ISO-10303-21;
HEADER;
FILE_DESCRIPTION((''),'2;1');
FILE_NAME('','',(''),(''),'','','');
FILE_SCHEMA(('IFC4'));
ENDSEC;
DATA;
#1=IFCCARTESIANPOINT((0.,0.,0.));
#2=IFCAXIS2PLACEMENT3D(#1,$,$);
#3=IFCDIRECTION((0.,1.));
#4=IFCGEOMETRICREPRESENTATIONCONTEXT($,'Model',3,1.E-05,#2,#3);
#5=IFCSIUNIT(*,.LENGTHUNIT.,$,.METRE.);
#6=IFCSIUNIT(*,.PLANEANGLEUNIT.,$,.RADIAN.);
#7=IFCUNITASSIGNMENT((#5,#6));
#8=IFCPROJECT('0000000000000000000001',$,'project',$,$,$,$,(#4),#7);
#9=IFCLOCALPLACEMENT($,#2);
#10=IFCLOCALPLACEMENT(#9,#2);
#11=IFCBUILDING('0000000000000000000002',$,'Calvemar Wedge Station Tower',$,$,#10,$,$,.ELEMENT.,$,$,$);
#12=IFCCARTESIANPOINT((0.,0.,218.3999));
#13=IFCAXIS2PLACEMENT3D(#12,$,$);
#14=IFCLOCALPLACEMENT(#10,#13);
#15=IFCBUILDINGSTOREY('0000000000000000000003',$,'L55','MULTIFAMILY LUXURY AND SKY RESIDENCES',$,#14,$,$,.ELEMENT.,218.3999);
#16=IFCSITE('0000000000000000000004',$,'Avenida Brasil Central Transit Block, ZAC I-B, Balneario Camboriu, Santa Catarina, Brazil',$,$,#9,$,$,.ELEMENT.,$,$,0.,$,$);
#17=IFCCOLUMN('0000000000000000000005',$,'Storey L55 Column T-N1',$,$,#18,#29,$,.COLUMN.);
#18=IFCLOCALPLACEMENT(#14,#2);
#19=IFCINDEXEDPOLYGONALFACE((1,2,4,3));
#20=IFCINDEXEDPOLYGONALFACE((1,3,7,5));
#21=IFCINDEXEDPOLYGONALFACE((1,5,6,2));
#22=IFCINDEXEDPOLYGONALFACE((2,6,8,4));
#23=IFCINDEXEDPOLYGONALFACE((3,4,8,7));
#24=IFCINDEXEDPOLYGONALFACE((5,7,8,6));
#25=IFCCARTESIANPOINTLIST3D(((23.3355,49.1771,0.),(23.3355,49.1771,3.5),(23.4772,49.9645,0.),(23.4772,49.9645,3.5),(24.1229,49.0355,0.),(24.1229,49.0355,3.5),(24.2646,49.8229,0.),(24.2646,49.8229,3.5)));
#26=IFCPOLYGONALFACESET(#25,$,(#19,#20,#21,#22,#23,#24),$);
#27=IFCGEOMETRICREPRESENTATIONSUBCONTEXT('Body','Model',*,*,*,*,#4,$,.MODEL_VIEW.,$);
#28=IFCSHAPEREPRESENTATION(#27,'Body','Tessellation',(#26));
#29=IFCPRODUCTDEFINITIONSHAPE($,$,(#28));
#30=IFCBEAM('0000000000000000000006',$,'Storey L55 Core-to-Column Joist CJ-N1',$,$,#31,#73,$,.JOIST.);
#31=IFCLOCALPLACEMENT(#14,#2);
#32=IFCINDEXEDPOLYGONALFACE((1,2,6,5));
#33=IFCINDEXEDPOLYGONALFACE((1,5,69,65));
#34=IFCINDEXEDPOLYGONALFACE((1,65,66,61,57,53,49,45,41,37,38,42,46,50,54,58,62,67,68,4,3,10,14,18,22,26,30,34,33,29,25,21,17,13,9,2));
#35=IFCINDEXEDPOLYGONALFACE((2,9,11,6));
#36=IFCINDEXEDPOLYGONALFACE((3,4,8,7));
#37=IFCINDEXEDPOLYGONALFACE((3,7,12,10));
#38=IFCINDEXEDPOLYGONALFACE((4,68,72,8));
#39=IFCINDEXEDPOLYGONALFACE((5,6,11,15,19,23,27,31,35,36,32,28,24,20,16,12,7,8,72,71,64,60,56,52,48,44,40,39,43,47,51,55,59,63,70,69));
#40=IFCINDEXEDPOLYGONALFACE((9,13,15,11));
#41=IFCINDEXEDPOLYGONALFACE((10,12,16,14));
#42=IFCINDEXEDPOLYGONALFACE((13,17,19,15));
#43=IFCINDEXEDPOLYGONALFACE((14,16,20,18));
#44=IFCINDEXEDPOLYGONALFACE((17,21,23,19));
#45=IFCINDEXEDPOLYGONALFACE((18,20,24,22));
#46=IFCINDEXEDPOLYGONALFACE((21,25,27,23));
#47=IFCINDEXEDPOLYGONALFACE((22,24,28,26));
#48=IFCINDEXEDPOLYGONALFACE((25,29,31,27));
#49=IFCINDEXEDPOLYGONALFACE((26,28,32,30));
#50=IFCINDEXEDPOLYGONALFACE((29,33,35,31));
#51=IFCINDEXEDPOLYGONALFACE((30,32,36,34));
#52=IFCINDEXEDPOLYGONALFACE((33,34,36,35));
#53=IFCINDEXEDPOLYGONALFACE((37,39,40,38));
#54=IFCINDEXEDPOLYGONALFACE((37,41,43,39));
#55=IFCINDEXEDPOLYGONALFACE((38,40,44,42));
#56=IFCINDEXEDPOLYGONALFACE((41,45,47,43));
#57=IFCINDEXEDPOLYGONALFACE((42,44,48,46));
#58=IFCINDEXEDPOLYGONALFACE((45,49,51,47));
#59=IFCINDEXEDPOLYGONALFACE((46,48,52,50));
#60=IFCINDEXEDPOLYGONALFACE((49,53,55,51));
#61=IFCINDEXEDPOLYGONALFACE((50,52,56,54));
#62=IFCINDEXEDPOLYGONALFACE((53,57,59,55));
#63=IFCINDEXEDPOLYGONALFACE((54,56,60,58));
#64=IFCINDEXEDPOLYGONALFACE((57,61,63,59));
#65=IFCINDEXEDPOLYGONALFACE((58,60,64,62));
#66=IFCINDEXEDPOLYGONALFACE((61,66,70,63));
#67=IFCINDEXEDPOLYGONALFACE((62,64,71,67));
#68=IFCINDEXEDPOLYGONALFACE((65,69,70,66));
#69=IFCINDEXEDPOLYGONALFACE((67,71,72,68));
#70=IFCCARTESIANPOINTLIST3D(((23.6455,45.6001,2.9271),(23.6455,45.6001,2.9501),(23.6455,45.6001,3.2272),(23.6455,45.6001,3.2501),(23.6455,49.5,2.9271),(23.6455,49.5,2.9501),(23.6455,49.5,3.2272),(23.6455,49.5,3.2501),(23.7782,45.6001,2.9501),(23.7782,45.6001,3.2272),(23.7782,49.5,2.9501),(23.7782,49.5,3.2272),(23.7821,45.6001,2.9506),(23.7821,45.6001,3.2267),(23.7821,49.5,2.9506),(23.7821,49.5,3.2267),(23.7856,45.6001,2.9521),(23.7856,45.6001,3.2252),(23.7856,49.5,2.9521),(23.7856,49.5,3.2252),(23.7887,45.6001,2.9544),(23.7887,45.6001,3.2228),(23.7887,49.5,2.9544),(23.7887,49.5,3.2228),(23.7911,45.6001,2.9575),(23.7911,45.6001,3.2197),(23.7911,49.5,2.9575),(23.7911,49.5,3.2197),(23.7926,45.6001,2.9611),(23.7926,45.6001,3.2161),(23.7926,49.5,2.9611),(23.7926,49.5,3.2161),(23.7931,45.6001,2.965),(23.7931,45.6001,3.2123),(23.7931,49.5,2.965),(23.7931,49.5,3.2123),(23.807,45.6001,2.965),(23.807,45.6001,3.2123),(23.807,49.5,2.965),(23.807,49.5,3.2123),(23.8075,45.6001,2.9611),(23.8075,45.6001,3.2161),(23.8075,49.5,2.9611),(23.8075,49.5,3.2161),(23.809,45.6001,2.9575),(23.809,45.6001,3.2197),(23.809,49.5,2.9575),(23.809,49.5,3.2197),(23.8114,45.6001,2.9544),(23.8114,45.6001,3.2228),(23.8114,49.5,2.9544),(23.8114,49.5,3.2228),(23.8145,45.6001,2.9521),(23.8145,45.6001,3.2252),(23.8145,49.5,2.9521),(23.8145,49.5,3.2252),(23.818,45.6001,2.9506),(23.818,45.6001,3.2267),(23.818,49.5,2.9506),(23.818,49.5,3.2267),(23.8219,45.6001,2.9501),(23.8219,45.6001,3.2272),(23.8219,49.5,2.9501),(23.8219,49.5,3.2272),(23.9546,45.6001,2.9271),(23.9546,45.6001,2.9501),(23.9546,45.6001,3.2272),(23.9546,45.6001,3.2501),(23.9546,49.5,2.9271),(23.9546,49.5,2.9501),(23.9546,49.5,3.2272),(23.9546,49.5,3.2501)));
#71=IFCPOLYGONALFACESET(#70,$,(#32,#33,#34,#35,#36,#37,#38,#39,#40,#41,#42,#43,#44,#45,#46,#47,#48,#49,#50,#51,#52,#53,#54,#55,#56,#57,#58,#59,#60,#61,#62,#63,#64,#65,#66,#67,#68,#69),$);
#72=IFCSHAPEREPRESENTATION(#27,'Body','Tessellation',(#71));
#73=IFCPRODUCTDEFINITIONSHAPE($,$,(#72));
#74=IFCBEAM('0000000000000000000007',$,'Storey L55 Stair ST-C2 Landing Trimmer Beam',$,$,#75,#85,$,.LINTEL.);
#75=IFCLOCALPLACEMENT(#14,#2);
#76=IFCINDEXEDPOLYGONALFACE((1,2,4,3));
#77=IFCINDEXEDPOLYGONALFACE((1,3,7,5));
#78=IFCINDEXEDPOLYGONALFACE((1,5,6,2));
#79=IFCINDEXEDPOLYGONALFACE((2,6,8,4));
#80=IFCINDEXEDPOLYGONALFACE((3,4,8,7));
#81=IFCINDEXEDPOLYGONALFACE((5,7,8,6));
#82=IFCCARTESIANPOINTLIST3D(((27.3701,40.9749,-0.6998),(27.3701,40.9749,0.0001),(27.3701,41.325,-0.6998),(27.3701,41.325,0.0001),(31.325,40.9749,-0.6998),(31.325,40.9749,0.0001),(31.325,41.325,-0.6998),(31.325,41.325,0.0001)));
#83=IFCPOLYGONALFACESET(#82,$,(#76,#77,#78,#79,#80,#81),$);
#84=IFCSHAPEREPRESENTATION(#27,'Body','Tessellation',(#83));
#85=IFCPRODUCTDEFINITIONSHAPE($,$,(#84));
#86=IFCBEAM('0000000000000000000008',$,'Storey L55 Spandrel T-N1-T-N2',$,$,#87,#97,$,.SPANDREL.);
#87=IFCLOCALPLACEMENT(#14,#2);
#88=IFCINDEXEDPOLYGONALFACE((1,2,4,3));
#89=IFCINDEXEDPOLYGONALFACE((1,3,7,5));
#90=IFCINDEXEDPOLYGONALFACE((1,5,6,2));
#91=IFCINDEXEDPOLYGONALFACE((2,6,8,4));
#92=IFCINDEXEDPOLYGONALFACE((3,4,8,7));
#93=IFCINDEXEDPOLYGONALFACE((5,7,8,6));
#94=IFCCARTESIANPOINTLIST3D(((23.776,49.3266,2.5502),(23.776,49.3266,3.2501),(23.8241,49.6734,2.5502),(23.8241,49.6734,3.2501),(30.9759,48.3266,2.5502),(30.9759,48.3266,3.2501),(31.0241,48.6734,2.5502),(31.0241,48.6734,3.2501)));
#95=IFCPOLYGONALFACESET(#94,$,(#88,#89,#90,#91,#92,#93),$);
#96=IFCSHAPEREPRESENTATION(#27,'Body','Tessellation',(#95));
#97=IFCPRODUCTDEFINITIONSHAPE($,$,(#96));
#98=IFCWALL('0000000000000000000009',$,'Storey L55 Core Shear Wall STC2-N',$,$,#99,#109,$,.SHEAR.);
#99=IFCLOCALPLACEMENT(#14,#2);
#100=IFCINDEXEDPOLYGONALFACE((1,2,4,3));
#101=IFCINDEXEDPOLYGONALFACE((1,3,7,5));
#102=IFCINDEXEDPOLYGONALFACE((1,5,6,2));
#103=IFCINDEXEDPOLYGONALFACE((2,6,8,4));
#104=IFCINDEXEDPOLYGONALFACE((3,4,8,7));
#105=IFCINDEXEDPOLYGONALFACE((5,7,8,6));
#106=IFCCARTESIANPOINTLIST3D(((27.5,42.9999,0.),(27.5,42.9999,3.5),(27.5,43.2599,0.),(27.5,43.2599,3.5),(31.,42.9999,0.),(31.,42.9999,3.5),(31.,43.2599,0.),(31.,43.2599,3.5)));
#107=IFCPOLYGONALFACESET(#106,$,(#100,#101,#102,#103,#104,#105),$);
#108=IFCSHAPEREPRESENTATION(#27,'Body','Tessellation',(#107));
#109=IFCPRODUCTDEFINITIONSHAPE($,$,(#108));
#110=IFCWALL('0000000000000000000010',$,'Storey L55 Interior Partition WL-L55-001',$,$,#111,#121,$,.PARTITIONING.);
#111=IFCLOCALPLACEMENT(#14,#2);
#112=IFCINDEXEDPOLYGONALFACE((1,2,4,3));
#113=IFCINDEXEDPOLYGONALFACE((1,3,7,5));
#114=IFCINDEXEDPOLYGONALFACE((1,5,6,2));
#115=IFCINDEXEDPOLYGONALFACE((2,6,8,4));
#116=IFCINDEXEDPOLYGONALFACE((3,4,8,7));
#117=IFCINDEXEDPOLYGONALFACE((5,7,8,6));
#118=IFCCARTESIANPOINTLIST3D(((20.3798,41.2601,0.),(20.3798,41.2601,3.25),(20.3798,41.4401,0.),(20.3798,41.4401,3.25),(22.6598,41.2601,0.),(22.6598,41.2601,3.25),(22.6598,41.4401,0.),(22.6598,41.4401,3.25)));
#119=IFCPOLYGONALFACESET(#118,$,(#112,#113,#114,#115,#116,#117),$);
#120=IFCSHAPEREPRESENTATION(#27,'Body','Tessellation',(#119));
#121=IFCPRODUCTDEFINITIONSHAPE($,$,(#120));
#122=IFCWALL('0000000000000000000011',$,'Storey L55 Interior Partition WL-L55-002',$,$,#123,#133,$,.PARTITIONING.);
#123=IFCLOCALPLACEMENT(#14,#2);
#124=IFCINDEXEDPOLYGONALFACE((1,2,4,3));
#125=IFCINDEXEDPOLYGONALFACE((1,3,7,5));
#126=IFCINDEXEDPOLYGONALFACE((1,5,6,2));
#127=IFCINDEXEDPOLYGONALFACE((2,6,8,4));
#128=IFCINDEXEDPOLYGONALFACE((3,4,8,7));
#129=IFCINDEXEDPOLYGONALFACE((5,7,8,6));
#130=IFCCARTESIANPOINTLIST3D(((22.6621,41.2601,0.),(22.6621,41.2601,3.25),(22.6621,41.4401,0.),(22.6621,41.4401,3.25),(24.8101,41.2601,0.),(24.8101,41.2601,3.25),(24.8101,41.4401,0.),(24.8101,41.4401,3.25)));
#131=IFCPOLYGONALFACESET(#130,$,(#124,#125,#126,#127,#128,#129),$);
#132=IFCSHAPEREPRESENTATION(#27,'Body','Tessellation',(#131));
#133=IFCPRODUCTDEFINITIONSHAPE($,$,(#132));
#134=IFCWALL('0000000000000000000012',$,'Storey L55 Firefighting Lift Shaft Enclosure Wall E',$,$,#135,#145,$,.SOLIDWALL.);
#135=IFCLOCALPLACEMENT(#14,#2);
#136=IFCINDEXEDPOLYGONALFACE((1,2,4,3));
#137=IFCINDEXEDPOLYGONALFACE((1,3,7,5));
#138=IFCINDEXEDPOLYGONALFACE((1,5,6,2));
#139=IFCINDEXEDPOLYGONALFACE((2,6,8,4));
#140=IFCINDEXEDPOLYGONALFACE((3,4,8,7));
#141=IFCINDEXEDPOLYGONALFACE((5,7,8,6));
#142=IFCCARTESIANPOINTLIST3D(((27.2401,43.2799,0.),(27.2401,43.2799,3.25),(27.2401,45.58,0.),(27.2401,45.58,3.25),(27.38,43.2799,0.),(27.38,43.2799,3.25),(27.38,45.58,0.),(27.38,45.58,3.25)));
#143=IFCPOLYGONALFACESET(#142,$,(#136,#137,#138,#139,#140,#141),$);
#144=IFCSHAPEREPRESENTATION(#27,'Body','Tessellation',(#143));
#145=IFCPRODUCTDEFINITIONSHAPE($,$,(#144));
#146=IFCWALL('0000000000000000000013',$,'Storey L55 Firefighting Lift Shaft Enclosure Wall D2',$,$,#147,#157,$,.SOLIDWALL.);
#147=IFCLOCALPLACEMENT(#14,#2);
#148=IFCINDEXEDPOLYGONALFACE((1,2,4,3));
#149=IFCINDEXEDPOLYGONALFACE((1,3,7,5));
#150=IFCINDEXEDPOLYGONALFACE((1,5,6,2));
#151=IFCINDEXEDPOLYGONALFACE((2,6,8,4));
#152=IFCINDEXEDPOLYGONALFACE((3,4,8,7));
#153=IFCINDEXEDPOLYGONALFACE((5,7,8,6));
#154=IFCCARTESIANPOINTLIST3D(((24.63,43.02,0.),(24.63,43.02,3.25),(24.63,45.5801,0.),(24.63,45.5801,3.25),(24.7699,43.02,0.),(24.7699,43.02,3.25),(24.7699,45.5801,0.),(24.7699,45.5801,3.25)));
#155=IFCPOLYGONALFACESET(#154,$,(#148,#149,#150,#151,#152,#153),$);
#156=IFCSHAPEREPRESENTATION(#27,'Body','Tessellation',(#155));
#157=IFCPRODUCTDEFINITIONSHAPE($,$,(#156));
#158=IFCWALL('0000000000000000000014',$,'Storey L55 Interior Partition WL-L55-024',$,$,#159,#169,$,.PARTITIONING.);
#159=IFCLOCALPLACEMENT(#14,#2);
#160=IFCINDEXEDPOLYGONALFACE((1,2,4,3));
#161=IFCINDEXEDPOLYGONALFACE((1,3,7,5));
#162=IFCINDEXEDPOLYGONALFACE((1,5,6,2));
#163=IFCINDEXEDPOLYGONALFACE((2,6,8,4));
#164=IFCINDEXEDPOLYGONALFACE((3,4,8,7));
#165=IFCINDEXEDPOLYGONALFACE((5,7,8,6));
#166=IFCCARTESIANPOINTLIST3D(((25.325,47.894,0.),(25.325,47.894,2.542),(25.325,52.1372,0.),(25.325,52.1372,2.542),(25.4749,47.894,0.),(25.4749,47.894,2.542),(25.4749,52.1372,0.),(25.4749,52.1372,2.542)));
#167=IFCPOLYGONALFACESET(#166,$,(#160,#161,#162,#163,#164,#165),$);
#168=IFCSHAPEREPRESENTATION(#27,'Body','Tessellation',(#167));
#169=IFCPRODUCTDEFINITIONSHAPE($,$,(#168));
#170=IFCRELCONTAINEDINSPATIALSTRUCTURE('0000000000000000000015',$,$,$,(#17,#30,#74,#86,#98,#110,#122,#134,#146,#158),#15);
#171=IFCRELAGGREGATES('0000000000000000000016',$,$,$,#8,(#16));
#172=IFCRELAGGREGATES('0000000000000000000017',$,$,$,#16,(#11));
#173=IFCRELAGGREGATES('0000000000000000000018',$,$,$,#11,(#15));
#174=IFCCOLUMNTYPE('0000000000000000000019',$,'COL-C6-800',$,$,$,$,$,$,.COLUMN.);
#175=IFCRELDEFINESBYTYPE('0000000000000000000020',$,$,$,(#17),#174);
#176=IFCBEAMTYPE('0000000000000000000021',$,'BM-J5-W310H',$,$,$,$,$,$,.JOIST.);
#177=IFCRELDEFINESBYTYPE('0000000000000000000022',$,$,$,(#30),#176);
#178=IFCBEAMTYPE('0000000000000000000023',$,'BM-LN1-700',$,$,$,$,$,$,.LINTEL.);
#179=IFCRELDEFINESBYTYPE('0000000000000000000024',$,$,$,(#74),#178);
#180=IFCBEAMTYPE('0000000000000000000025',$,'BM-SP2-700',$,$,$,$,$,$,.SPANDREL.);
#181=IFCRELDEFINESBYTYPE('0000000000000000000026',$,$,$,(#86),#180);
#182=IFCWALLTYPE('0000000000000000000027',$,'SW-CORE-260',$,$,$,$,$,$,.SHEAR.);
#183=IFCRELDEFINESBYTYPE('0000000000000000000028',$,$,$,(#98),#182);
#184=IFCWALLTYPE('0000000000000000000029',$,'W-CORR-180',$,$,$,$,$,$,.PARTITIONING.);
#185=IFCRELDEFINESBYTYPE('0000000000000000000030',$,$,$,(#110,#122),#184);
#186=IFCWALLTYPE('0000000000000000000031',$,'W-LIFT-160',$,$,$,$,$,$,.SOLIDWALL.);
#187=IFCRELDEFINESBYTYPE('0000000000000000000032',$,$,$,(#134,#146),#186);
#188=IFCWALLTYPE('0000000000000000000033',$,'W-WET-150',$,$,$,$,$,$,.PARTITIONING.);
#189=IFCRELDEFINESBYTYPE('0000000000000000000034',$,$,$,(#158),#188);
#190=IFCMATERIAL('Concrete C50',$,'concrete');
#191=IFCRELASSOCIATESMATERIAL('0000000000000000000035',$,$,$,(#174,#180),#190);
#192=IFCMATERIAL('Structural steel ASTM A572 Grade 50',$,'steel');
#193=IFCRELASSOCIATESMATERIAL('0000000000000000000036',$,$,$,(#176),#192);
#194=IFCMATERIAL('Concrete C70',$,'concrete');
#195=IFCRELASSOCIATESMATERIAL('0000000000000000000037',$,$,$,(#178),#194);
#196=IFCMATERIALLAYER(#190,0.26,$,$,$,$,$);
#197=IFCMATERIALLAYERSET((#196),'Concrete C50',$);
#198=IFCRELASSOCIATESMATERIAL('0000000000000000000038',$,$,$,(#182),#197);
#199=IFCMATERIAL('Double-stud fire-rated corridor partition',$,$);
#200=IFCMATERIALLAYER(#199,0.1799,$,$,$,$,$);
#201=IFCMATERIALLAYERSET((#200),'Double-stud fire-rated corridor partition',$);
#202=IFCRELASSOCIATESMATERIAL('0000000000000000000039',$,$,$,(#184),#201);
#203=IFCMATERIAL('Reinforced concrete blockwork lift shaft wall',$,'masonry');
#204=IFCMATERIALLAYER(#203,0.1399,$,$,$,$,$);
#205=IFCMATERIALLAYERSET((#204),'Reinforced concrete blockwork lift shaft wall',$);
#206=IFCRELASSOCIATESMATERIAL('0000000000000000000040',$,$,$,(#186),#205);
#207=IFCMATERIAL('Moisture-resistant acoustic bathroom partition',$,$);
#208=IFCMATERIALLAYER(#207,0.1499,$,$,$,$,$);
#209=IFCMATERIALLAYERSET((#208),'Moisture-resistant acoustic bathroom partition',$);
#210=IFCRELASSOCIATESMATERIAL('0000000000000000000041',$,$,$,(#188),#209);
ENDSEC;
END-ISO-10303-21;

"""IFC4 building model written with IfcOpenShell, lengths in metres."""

from ifc_helpers import new_model, si_unit, direction, frame, frame_2d, origin, origin_2d, place, context, subcontext, project, spatial, rectangle, i_section, extrude, source, transform, mapped, material, layer, layer_set, material_profile, profile_set, type_object, element, save


model = new_model("IFC4")

# Units and contexts
model_context = context("Model", 3, precision=1e-05, world=origin(), true_north=direction((0.0, 1.0)))
body_context = subcontext(model_context, "Body", "Model", "MODEL_VIEW")
ifc_project = project(units=[si_unit("LENGTHUNIT", "METRE"), si_unit("PLANEANGLEUNIT", "RADIAN")], contexts=[model_context])

# Site, building, storey
site_placement = place(None, origin())
site = spatial("IfcSite", under=ifc_project, at=site_placement, Name="Avenida Brasil Central Transit Block, ZAC I-B, Balneario Camboriu, Santa Catarina, Brazil", CompositionType="ELEMENT", RefElevation=0.0)
building_placement = place(site_placement, origin())
building = spatial("IfcBuilding", under=site, at=building_placement, Name="Calvemar Wedge Station Tower", CompositionType="ELEMENT")
storey_placement = place(building_placement, frame((0.0, 0.0, 218.3999)))
storey = spatial("IfcBuildingStorey", under=building, at=storey_placement, Name="L55", Description="MULTIFAMILY LUXURY AND SKY RESIDENCES", CompositionType="ELEMENT", Elevation=218.3999)

# Column
ifc_material_1 = material(Name="Concrete C50", Category="concrete")
ifc_material_profile_1 = material_profile(ifc_material_1, rectangle(XDim=0.8, YDim=0.8, at=origin_2d()), Name="RC800x800")
ifc_profile_set_1 = profile_set([ifc_material_profile_1], Name="Concrete C50")
column_type = type_object("IfcColumnType", Name="COL-C6-800", PredefinedType="COLUMN", material=ifc_profile_set_1)
shared_shape_1 = source(origin(), body_context, "Body", "SweptSolid", [
    extrude(rectangle(XDim=0.8, YDim=0.8, at=origin_2d()), origin(), (0.0, 0.0, 1.0), 3.5),
])
column_placement = place(storey_placement, frame((23.8, 49.5, 0.0), z_axis=(0.0, 0.0, 1.0), x_axis=(0.984196, -0.177085, 0.0)))
element("IfcColumn", 1, at=column_placement, inside=storey, type_object=column_type, Name="Storey L55 Column T-N1", PredefinedType="COLUMN", context=body_context, shape_type="MappedRepresentation", body=[
    mapped(shared_shape_1, transform((0.0, 0.0, 0.0), scale=1.0)),
])

# Beams
ifc_material_2 = material(Name="Structural steel ASTM A572 Grade 50", Category="steel")
ifc_material_profile_2 = material_profile(ifc_material_2, i_section(OverallWidth=0.3091, OverallDepth=0.323, WebThickness=0.0139, FlangeThickness=0.0229, FilletRadius=0.0149, at=origin_2d()), Name="W310x143")
ifc_profile_set_2 = profile_set([ifc_material_profile_2], Name="Structural steel ASTM A572 Grade 50")
beam_type_1 = type_object("IfcBeamType", Name="BM-J5-W310H", PredefinedType="JOIST", material=ifc_profile_set_2)
shared_shape_2 = source(origin(), body_context, "Body", "SweptSolid", [
    extrude(i_section(OverallWidth=0.3091, OverallDepth=0.323, WebThickness=0.0139, FlangeThickness=0.0229, FilletRadius=0.0149, at=origin_2d()), origin(), (0.0, 0.0, 1.0), 3.8999),
])
beam_1_placement = place(storey_placement, frame((23.8, 45.6001, 3.0886), z_axis=(0.0, 1.0, 0.0), x_axis=(-1.0, 0.0, 0.0)))
element("IfcBeam", 2, at=beam_1_placement, inside=storey, type_object=beam_type_1, Name="Storey L55 Core-to-Column Joist CJ-N1", PredefinedType="JOIST", context=body_context, shape_type="MappedRepresentation", body=[
    mapped(shared_shape_2, transform((0.0, 0.0, 0.0), scale=1.0)),
])
ifc_material_3 = material(Name="Concrete C70", Category="concrete")
ifc_material_profile_3 = material_profile(ifc_material_3, rectangle(XDim=0.3501, YDim=0.7, at=origin_2d()), Name="RC350x700")
ifc_profile_set_3 = profile_set([ifc_material_profile_3], Name="Concrete C70")
beam_type_2 = type_object("IfcBeamType", Name="BM-LN1-700", PredefinedType="LINTEL", material=ifc_profile_set_3)
shared_shape_3 = source(origin(), body_context, "Body", "SweptSolid", [
    extrude(rectangle(XDim=0.3501, YDim=0.7, at=origin_2d()), origin(), (0.0, 0.0, 1.0), 3.9548),
])
beam_2_placement = place(storey_placement, frame((27.3701, 41.1499, -0.3499), z_axis=(1.0, 0.0, 0.0), x_axis=(0.0, 1.0, 0.0)))
element("IfcBeam", 3, at=beam_2_placement, inside=storey, type_object=beam_type_2, Name="Storey L55 Stair ST-C2 Landing Trimmer Beam", PredefinedType="LINTEL", context=body_context, shape_type="MappedRepresentation", body=[
    mapped(shared_shape_3, transform((0.0, 0.0, 0.0), scale=1.0)),
])
ifc_material_profile_4 = material_profile(ifc_material_1, rectangle(XDim=0.3501, YDim=0.7, at=origin_2d()), Name="RC350x700")
ifc_profile_set_4 = profile_set([ifc_material_profile_4], Name="Concrete C50")
beam_type_3 = type_object("IfcBeamType", Name="BM-SP2-700", PredefinedType="SPANDREL", material=ifc_profile_set_4)
shared_shape_4 = source(origin(), body_context, "Body", "SweptSolid", [
    extrude(rectangle(XDim=0.3501, YDim=0.7, at=origin_2d()), origin(), (0.0, 0.0, 1.0), 7.269),
])
beam_3_placement = place(storey_placement, frame((23.8, 49.5, 2.9001), z_axis=(0.990492, -0.137569, 0.0), x_axis=(0.137569, 0.990492, 0.0)))
element("IfcBeam", 4, at=beam_3_placement, inside=storey, type_object=beam_type_3, Name="Storey L55 Spandrel T-N1-T-N2", PredefinedType="SPANDREL", context=body_context, shape_type="MappedRepresentation", body=[
    mapped(shared_shape_4, transform((0.0, 0.0, 0.0), scale=1.0)),
])

# Walls
ifc_layer_1 = layer(ifc_material_1, 0.26)
ifc_layer_set_1 = layer_set([ifc_layer_1], Name="Concrete C50")
wall_type_1 = type_object("IfcWallType", Name="SW-CORE-260", PredefinedType="SHEAR", material=ifc_layer_set_1)
wall_1_placement = place(storey_placement, frame((27.5, 43.1299, 0.0), z_axis=(0.0, 0.0, 1.0), x_axis=(1.0, 0.0, 0.0)))
element("IfcWall", 5, at=wall_1_placement, inside=storey, type_object=wall_type_1, Name="Storey L55 Core Shear Wall STC2-N", PredefinedType="SHEAR", context=body_context, shape_type="SweptSolid", body=[
    extrude(rectangle(XDim=3.5, YDim=0.26, at=frame_2d((1.75, 0.0))), origin(), (0.0, 0.0, 1.0), 3.5),
])
ifc_material_4 = material(Name="Double-stud fire-rated corridor partition")
ifc_layer_2 = layer(ifc_material_4, 0.1799)
ifc_layer_set_2 = layer_set([ifc_layer_2], Name="Double-stud fire-rated corridor partition")
wall_type_2 = type_object("IfcWallType", Name="W-CORR-180", PredefinedType="PARTITIONING", material=ifc_layer_set_2)
wall_2_placement = place(storey_placement, frame((22.6599, 41.3501, 0.0), z_axis=(0.0, 0.0, 1.0), x_axis=(-1.0, 0.0, 0.0)))
element("IfcWall", 6, at=wall_2_placement, inside=storey, type_object=wall_type_2, Name="Storey L55 Interior Partition WL-L55-001", PredefinedType="PARTITIONING", context=body_context, shape_type="SweptSolid", body=[
    extrude(rectangle(XDim=2.28, YDim=0.1799, at=frame_2d((1.1401, 0.0))), origin(), (0.0, 0.0, 1.0), 3.25),
])
wall_3_placement = place(storey_placement, frame((24.8101, 41.3501, 0.0), z_axis=(0.0, 0.0, 1.0), x_axis=(-1.0, 0.0, 0.0)))
element("IfcWall", 7, at=wall_3_placement, inside=storey, type_object=wall_type_2, Name="Storey L55 Interior Partition WL-L55-002", PredefinedType="PARTITIONING", context=body_context, shape_type="SweptSolid", body=[
    extrude(rectangle(XDim=2.1479, YDim=0.1799, at=frame_2d((1.074, 0.0))), origin(), (0.0, 0.0, 1.0), 3.25),
])

# Walls
ifc_material_5 = material(Name="Reinforced concrete blockwork lift shaft wall", Category="masonry")
ifc_layer_3 = layer(ifc_material_5, 0.1399)
ifc_layer_set_3 = layer_set([ifc_layer_3], Name="Reinforced concrete blockwork lift shaft wall")
wall_type_3 = type_object("IfcWallType", Name="W-LIFT-160", PredefinedType="SOLIDWALL", material=ifc_layer_set_3)
wall_4_placement = place(storey_placement, frame((27.3101, 43.28, 0.0), z_axis=(0.0, 0.0, 1.0), x_axis=(0.0, 1.0, 0.0)))
element("IfcWall", 8, at=wall_4_placement, inside=storey, type_object=wall_type_3, Name="Storey L55 Firefighting Lift Shaft Enclosure Wall E", PredefinedType="SOLIDWALL", context=body_context, shape_type="SweptSolid", body=[
    extrude(rectangle(XDim=2.3, YDim=0.1399, at=frame_2d((1.1499, 0.0))), origin(), (0.0, 0.0, 1.0), 3.25),
])
wall_5_placement = place(storey_placement, frame((24.7, 43.02, 0.0), z_axis=(0.0, 0.0, 1.0), x_axis=(0.0, 1.0, 0.0)))
element("IfcWall", 9, at=wall_5_placement, inside=storey, type_object=wall_type_3, Name="Storey L55 Firefighting Lift Shaft Enclosure Wall D2", PredefinedType="SOLIDWALL", context=body_context, shape_type="SweptSolid", body=[
    extrude(rectangle(XDim=2.5601, YDim=0.1399, at=frame_2d((1.28, 0.0))), origin(), (0.0, 0.0, 1.0), 3.25),
])
ifc_material_6 = material(Name="Moisture-resistant acoustic bathroom partition")
ifc_layer_4 = layer(ifc_material_6, 0.1499)
ifc_layer_set_4 = layer_set([ifc_layer_4], Name="Moisture-resistant acoustic bathroom partition")
wall_type_4 = type_object("IfcWallType", Name="W-WET-150", PredefinedType="PARTITIONING", material=ifc_layer_set_4)
wall_6_placement = place(storey_placement, frame((25.3999, 52.1372, 0.0), z_axis=(0.0, 0.0, 1.0), x_axis=(0.0, -1.0, 0.0)))
element("IfcWall", 10, at=wall_6_placement, inside=storey, type_object=wall_type_4, Name="Storey L55 Interior Partition WL-L55-024", PredefinedType="PARTITIONING", context=body_context, shape_type="SweptSolid", body=[
    extrude(rectangle(XDim=4.2432, YDim=0.1499, at=frame_2d((2.1216, 0.0))), origin(), (0.0, 0.0, 1.0), 2.542),
])

save(model, "model.ifc")
